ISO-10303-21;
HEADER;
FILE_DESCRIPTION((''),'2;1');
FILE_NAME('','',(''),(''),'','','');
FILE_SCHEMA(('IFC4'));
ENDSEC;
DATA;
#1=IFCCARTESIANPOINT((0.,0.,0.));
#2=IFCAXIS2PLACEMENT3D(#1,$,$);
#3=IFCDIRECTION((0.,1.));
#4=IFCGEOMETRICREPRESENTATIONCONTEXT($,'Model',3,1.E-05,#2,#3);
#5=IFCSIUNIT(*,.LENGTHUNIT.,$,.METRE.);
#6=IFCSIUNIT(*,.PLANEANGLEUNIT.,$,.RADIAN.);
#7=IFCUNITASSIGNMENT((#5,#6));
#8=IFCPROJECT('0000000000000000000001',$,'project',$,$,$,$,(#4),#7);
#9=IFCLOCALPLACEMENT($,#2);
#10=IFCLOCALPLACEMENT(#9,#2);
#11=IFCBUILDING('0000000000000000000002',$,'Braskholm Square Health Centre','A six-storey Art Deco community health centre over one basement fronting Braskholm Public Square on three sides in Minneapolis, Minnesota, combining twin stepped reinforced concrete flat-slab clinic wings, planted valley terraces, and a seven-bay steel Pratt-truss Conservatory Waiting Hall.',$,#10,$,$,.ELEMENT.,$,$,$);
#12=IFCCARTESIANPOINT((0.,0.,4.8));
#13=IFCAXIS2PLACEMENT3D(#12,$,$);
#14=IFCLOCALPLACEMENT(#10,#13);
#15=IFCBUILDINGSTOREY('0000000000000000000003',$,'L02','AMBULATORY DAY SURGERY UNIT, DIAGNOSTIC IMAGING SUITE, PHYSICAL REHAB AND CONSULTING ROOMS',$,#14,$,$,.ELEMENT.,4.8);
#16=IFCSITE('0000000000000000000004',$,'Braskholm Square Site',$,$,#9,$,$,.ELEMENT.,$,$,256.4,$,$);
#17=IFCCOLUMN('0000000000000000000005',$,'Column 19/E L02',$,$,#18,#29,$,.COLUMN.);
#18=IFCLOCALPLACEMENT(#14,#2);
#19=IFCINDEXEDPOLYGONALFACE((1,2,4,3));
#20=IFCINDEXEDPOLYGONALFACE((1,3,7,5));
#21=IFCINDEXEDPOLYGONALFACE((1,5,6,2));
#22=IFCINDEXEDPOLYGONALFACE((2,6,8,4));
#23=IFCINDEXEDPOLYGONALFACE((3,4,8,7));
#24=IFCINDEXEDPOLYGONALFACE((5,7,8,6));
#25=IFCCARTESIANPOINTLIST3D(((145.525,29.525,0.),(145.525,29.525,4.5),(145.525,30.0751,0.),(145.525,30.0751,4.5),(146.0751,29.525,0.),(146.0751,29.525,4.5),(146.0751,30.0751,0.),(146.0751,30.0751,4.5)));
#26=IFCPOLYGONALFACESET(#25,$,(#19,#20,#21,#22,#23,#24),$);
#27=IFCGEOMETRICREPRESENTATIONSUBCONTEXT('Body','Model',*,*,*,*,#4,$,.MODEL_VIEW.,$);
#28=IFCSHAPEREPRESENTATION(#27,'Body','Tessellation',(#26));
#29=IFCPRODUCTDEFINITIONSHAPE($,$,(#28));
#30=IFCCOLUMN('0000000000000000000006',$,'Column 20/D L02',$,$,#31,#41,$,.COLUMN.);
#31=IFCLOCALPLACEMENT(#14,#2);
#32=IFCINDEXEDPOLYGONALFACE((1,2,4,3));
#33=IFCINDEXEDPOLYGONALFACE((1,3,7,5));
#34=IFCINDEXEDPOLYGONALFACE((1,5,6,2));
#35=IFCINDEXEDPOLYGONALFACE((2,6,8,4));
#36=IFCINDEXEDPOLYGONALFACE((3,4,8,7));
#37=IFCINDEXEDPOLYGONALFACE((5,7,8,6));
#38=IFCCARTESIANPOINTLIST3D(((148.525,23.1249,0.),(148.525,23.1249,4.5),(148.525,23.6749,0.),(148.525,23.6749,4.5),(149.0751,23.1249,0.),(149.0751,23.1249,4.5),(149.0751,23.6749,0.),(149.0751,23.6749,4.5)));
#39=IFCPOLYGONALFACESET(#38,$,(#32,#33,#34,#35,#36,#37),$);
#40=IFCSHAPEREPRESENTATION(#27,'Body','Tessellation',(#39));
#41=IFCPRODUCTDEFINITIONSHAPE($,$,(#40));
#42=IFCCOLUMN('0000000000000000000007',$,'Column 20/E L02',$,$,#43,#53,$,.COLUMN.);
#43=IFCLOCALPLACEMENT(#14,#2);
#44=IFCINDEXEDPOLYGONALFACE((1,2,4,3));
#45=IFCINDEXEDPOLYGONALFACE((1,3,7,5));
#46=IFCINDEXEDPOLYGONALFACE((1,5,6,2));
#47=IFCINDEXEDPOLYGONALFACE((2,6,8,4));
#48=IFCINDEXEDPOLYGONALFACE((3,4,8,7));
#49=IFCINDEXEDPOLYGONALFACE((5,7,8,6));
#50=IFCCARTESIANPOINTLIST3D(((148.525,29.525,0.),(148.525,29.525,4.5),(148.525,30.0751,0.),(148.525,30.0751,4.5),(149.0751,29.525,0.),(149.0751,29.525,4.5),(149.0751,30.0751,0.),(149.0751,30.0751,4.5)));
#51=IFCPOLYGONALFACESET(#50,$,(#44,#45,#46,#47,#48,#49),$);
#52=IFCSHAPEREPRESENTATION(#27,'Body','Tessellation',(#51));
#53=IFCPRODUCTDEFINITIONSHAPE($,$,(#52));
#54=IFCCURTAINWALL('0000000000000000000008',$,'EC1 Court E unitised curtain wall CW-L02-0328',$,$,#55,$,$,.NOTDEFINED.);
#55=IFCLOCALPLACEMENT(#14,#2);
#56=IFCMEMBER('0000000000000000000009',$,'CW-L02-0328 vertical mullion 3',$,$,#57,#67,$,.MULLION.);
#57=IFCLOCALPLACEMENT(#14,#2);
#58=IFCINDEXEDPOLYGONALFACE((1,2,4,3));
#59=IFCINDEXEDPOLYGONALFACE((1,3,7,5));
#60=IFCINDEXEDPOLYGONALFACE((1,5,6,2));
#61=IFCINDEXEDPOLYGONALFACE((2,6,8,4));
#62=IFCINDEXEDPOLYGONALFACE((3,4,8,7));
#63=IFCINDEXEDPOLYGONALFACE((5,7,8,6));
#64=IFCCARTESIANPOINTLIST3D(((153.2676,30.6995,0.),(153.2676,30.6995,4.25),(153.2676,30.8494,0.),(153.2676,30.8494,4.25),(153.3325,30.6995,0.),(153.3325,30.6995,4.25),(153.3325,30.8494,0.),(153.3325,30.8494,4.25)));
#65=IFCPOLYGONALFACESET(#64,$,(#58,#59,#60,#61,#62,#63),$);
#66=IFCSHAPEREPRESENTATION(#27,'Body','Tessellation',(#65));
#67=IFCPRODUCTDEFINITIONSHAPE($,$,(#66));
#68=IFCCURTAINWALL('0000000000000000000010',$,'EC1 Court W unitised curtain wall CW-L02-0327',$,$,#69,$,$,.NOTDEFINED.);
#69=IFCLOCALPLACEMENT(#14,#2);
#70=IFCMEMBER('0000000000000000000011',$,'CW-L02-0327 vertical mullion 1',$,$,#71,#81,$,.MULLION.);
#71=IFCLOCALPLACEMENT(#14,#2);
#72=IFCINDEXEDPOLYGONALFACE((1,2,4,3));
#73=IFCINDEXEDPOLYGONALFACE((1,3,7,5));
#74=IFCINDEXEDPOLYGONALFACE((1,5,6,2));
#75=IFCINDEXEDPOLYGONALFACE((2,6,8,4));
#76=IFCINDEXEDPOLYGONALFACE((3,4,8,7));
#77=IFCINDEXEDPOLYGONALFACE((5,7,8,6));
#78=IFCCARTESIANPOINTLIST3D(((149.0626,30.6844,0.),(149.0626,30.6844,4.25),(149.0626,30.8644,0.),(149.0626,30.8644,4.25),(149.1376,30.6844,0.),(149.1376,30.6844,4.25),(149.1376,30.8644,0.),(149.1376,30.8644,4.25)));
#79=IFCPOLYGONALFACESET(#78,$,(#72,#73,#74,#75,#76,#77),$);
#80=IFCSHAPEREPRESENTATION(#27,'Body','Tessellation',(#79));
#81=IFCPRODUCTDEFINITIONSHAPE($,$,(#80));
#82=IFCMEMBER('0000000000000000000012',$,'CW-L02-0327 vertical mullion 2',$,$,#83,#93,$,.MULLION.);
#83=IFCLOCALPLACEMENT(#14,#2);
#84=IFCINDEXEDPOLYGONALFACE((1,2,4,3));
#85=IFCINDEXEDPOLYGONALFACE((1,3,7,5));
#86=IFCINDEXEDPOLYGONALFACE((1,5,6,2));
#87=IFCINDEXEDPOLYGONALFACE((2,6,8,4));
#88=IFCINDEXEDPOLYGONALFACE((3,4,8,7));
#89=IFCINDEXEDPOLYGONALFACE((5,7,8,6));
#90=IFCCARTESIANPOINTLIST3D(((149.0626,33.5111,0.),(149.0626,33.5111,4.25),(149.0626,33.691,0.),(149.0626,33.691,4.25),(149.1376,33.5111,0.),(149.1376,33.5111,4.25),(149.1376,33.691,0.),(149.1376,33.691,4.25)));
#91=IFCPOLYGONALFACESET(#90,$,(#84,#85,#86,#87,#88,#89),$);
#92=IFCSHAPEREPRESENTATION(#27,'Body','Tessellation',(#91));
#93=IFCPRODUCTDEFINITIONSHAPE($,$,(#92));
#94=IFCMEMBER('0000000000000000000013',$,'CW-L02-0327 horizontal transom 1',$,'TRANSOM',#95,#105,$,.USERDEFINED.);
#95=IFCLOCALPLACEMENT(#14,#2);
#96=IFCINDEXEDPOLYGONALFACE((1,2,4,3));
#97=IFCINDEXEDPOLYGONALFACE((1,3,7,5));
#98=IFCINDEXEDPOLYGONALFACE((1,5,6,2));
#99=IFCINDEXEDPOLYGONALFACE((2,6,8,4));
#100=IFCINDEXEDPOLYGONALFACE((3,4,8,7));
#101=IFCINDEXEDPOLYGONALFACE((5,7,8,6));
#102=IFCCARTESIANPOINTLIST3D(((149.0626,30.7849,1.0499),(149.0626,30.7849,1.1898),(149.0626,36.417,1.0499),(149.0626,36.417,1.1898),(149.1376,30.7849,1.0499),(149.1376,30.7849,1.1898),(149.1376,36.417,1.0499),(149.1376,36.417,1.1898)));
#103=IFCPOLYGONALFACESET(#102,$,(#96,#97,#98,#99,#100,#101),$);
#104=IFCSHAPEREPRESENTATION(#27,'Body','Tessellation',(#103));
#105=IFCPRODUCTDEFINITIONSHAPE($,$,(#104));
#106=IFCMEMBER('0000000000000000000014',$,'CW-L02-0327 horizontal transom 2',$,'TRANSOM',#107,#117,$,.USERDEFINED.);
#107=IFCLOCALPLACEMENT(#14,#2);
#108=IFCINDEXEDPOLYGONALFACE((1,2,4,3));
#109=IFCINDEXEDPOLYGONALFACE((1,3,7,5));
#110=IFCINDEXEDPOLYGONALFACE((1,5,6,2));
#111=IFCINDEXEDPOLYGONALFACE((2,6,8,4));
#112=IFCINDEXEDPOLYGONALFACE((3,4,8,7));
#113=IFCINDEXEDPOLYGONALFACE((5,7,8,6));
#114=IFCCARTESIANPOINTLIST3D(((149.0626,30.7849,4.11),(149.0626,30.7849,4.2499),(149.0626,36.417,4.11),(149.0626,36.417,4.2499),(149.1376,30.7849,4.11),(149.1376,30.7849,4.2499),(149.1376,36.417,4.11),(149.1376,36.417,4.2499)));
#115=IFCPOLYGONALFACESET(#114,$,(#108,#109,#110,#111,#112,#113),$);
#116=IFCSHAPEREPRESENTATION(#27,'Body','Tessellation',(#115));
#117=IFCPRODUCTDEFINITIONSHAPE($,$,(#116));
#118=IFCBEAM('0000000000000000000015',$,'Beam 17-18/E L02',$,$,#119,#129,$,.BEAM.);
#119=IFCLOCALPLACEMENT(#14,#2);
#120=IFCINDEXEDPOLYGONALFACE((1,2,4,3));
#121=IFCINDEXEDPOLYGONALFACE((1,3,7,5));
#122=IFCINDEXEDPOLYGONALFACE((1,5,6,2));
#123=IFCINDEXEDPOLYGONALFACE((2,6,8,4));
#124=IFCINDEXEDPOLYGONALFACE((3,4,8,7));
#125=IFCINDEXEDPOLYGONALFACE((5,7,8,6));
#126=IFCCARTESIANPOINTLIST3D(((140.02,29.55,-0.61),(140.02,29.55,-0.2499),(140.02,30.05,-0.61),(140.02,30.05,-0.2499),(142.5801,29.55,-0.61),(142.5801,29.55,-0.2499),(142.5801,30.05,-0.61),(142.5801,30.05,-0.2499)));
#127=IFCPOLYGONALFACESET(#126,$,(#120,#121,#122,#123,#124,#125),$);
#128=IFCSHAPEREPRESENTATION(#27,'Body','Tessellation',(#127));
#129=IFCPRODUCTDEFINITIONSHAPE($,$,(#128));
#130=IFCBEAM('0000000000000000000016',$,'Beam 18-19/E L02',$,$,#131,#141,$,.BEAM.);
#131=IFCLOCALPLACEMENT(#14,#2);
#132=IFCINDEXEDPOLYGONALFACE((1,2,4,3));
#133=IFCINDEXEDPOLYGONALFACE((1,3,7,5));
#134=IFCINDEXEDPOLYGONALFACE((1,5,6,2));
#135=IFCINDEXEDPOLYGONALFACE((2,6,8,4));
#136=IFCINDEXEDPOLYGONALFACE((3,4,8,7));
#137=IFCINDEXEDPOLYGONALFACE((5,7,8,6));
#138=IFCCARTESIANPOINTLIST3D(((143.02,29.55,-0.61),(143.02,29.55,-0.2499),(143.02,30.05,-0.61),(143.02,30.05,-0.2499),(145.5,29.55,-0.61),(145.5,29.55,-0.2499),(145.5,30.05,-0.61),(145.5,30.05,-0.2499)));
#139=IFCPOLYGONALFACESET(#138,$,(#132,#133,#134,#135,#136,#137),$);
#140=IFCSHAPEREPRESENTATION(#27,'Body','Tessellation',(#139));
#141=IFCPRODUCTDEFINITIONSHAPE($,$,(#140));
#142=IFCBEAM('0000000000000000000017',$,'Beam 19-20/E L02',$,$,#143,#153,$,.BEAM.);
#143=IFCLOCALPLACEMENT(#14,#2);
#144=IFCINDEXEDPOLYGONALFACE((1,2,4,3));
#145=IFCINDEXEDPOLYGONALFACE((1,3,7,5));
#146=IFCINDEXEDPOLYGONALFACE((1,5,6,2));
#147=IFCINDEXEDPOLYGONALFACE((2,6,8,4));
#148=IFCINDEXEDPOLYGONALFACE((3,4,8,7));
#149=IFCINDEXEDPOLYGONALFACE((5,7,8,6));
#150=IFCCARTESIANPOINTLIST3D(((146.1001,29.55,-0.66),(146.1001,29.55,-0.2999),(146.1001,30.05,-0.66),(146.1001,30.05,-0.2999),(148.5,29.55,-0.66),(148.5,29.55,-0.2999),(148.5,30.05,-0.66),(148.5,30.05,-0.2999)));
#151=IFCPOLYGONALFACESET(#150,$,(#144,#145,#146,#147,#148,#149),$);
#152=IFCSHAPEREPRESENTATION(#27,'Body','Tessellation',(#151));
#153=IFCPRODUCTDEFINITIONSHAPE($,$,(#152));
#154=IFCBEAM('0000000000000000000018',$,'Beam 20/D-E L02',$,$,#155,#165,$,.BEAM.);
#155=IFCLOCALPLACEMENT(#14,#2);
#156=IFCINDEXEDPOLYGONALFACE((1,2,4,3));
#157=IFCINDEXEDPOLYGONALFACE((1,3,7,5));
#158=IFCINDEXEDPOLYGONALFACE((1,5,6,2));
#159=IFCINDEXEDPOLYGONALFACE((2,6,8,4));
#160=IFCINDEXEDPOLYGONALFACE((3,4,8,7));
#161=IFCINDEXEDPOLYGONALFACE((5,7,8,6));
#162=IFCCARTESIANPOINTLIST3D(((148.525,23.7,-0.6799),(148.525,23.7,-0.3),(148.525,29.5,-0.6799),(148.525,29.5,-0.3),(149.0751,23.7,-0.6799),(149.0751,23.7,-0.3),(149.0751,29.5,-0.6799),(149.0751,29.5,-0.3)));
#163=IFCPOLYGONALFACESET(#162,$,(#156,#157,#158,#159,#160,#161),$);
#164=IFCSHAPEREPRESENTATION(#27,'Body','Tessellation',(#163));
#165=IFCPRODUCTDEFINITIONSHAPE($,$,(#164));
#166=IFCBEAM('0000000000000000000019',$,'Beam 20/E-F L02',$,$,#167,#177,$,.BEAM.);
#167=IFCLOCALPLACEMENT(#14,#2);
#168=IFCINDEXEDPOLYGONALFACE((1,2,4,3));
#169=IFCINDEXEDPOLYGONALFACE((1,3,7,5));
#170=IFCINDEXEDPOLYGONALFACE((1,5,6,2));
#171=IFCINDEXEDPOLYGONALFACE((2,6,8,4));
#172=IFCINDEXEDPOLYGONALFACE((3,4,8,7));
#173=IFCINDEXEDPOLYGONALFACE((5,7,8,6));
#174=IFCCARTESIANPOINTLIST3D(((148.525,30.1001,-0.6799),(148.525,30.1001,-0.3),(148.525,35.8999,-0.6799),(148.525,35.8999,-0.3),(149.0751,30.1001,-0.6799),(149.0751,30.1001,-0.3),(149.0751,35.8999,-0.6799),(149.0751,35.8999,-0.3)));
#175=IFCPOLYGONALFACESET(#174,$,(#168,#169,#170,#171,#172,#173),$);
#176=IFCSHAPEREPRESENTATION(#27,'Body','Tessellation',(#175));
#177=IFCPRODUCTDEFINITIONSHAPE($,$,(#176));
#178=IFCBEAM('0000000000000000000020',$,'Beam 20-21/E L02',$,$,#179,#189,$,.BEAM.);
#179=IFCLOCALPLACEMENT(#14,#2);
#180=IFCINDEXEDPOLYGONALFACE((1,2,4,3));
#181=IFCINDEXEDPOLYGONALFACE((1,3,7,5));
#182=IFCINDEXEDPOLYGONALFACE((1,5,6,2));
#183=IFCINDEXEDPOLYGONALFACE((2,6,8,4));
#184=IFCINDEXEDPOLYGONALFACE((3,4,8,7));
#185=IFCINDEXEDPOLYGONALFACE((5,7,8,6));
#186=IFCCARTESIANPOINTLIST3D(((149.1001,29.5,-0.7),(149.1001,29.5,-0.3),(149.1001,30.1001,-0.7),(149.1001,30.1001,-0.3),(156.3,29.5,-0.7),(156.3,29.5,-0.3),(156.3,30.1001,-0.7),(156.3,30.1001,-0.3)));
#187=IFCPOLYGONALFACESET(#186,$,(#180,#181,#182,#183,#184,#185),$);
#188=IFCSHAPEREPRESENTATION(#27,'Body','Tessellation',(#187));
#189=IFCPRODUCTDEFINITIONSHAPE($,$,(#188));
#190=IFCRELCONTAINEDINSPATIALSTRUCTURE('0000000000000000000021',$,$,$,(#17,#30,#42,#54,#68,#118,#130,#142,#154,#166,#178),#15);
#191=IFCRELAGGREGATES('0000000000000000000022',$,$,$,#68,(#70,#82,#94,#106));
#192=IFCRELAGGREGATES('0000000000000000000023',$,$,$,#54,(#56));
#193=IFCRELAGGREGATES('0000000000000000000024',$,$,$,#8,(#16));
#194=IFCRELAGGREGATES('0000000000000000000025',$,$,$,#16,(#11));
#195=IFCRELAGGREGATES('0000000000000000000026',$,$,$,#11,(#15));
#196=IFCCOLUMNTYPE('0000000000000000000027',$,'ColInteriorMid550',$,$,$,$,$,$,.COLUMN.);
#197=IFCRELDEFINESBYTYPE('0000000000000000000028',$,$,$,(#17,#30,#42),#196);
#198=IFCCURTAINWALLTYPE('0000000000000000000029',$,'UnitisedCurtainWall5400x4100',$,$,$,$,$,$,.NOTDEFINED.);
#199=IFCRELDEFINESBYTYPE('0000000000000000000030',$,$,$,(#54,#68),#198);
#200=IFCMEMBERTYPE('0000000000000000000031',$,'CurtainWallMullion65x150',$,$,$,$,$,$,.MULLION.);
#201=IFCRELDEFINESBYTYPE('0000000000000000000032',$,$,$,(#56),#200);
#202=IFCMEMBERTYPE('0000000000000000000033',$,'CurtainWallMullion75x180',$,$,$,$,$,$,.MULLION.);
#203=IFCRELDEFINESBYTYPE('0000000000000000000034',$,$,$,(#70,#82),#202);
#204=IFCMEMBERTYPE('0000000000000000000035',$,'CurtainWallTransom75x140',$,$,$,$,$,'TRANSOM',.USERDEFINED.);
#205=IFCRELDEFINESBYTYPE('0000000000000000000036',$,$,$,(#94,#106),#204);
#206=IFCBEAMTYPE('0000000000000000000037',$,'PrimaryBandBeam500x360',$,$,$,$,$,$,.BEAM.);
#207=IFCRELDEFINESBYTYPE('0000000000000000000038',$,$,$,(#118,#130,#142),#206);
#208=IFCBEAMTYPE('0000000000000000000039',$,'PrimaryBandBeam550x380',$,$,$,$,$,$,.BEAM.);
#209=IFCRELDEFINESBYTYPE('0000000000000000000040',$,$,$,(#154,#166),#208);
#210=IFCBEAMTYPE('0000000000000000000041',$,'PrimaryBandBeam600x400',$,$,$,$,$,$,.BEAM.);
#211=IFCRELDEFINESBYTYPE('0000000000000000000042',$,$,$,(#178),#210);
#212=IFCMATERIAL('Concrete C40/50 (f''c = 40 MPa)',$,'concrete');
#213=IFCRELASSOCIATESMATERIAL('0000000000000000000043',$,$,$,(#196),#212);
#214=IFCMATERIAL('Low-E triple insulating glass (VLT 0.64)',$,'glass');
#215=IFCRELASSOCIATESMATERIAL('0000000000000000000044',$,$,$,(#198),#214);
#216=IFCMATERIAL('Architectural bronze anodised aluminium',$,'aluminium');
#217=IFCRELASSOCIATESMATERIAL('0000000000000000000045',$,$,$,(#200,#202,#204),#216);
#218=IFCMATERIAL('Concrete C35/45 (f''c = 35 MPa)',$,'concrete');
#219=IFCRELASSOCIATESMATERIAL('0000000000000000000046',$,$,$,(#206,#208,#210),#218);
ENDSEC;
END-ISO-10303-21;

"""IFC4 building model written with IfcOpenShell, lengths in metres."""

from ifc_helpers import new_model, si_unit, direction, frame, origin, origin_2d, place, context, subcontext, project, spatial, rectangle, extrude, material, material_profile, profile_set, type_object, element, aggregate, save


model = new_model("IFC4")

# Units and contexts
model_context = context("Model", 3, precision=1e-05, world=origin(), true_north=direction((0.0, 1.0)))
body_context = subcontext(model_context, "Body", "Model", "MODEL_VIEW")
ifc_project = project(units=[si_unit("LENGTHUNIT", "METRE"), si_unit("PLANEANGLEUNIT", "RADIAN")], contexts=[model_context])

# Site, building, storey
site_placement = place(None, origin())
site = spatial("IfcSite", under=ifc_project, at=site_placement, Name="Braskholm Square Site", CompositionType="ELEMENT", RefElevation=256.4)
building_placement = place(site_placement, origin())
building = spatial("IfcBuilding", under=site, at=building_placement, Name="Braskholm Square Health Centre", Description="A six-storey Art Deco community health centre over one basement fronting Braskholm Public Square on three sides in Minneapolis, Minnesota, combining twin stepped reinforced concrete flat-slab clinic wings, planted valley terraces, and a seven-bay steel Pratt-truss Conservatory Waiting Hall.", CompositionType="ELEMENT")
storey_placement = place(building_placement, frame((0.0, 0.0, 4.8)))
storey = spatial("IfcBuildingStorey", under=building, at=storey_placement, Name="L02", Description="AMBULATORY DAY SURGERY UNIT, DIAGNOSTIC IMAGING SUITE, PHYSICAL REHAB AND CONSULTING ROOMS", CompositionType="ELEMENT", Elevation=4.8)

# Columns
ifc_material_1 = material(Name="Concrete C40/50 (f'c = 40 MPa)", Category="concrete")
ifc_material_profile_1 = material_profile(ifc_material_1, rectangle(XDim=0.55, YDim=0.55, at=origin_2d()), Name="RC-550X550")
ifc_profile_set_1 = profile_set([ifc_material_profile_1], Name="Concrete C40/50 (f'c = 40 MPa)")
column_type = type_object("IfcColumnType", Name="ColInteriorMid550", PredefinedType="COLUMN", material=ifc_profile_set_1)
for number, where, z_axis, x_axis, name in (
    (1, (145.8, 29.8, 0.0), (0.0, 0.0, 1.0), (1.0, 0.0, 0.0), "Column 19/E L02"),
    (2, (148.8, 23.3999, 0.0), (0.0, 0.0, 1.0), (1.0, 0.0, 0.0), "Column 20/D L02"),
    (3, (148.8, 29.8, 0.0), (0.0, 0.0, 1.0), (1.0, 0.0, 0.0), "Column 20/E L02"),
):
    element("IfcColumn", number, at=place(storey_placement, frame(where, z_axis=z_axis, x_axis=x_axis)), inside=storey, type_object=column_type, Name=name, PredefinedType="COLUMN", context=body_context, shape_type="SweptSolid", body=[
        extrude(rectangle(XDim=0.55, YDim=0.55, at=origin_2d()), origin(), (0.0, 0.0, 1.0), 4.5),
    ])

# Curtain wall, member
ifc_material_2 = material(Name="Low-E triple insulating glass (VLT 0.64)", Category="glass")
curtain_wall_type = type_object("IfcCurtainWallType", Name="UnitisedCurtainWall5400x4100", PredefinedType="NOTDEFINED", material=ifc_material_2)
curtain_wall_1_placement = place(storey_placement, origin())
curtain_wall_1 = element("IfcCurtainWall", 4, at=curtain_wall_1_placement, inside=storey, type_object=curtain_wall_type, Name="EC1 Court E unitised curtain wall CW-L02-0328", PredefinedType="NOTDEFINED")
ifc_material_3 = material(Name="Architectural bronze anodised aluminium", Category="aluminium")
ifc_material_profile_2 = material_profile(ifc_material_3, rectangle(XDim=0.0649, YDim=0.1499, at=origin_2d()), Name="ALU-65X150")
ifc_profile_set_2 = profile_set([ifc_material_profile_2], Name="Architectural bronze anodised aluminium")
member_type_1 = type_object("IfcMemberType", Name="CurtainWallMullion65x150", PredefinedType="MULLION", material=ifc_profile_set_2)
member_1_placement = place(storey_placement, frame((153.3, 30.7744, 0.0), z_axis=(0.0, 0.0, 1.0), x_axis=(1.0, 0.0, 0.0)))
member_1 = element("IfcMember", 5, at=member_1_placement, type_object=member_type_1, Name="CW-L02-0328 vertical mullion 3", PredefinedType="MULLION", context=body_context, shape_type="SweptSolid", body=[
    extrude(rectangle(XDim=0.0649, YDim=0.1499, at=origin_2d()), origin(), (0.0, 0.0, 1.0), 4.25),
])

# Curtain wall, members
curtain_wall_2_placement = place(storey_placement, origin())
curtain_wall_2 = element("IfcCurtainWall", 6, at=curtain_wall_2_placement, inside=storey, type_object=curtain_wall_type, Name="EC1 Court W unitised curtain wall CW-L02-0327", PredefinedType="NOTDEFINED")
ifc_material_profile_3 = material_profile(ifc_material_3, rectangle(XDim=0.075, YDim=0.1799, at=origin_2d()), Name="ALU-75X180")
ifc_profile_set_3 = profile_set([ifc_material_profile_3], Name="Architectural bronze anodised aluminium")
member_type_2 = type_object("IfcMemberType", Name="CurtainWallMullion75x180", PredefinedType="MULLION", material=ifc_profile_set_3)
member_2_placement = place(storey_placement, frame((149.1001, 30.7744, 0.0), z_axis=(0.0, 0.0, 1.0), x_axis=(1.0, 0.0, 0.0)))
member_2 = element("IfcMember", 7, at=member_2_placement, type_object=member_type_2, Name="CW-L02-0327 vertical mullion 1", PredefinedType="MULLION", context=body_context, shape_type="SweptSolid", body=[
    extrude(rectangle(XDim=0.075, YDim=0.1799, at=origin_2d()), origin(), (0.0, 0.0, 1.0), 4.25),
])
member_3_placement = place(storey_placement, frame((149.1001, 33.6011, 0.0), z_axis=(0.0, 0.0, 1.0), x_axis=(1.0, 0.0, 0.0)))
member_3 = element("IfcMember", 8, at=member_3_placement, type_object=member_type_2, Name="CW-L02-0327 vertical mullion 2", PredefinedType="MULLION", context=body_context, shape_type="SweptSolid", body=[
    extrude(rectangle(XDim=0.075, YDim=0.1799, at=origin_2d()), origin(), (0.0, 0.0, 1.0), 4.25),
])
ifc_material_profile_4 = material_profile(ifc_material_3, rectangle(XDim=0.075, YDim=0.1399, at=origin_2d()), Name="ALU-75X140")
ifc_profile_set_4 = profile_set([ifc_material_profile_4], Name="Architectural bronze anodised aluminium")
member_type_3 = type_object("IfcMemberType", Name="CurtainWallTransom75x140", ElementType="TRANSOM", PredefinedType="USERDEFINED", material=ifc_profile_set_4)
member_4_placement = place(storey_placement, frame((149.1001, 30.7849, 1.1199), z_axis=(0.0, 1.0, 0.0), x_axis=(-1.0, 0.0, 0.0)))
member_4 = element("IfcMember", 9, at=member_4_placement, type_object=member_type_3, Name="CW-L02-0327 horizontal transom 1", ObjectType="TRANSOM", PredefinedType="USERDEFINED", context=body_context, shape_type="SweptSolid", body=[
    extrude(rectangle(XDim=0.075, YDim=0.1399, at=origin_2d()), origin(), (0.0, 0.0, 1.0), 5.6321),
])
member_5_placement = place(storey_placement, frame((149.1001, 30.7849, 4.1799), z_axis=(0.0, 1.0, 0.0), x_axis=(-1.0, 0.0, 0.0)))
member_5 = element("IfcMember", 10, at=member_5_placement, type_object=member_type_3, Name="CW-L02-0327 horizontal transom 2", ObjectType="TRANSOM", PredefinedType="USERDEFINED", context=body_context, shape_type="SweptSolid", body=[
    extrude(rectangle(XDim=0.075, YDim=0.1399, at=origin_2d()), origin(), (0.0, 0.0, 1.0), 5.6321),
])

# Beams
ifc_material_4 = material(Name="Concrete C35/45 (f'c = 35 MPa)", Category="concrete")
ifc_material_profile_5 = material_profile(ifc_material_4, rectangle(XDim=0.5, YDim=0.3601, at=origin_2d()), Name="RCB-500X360")
ifc_profile_set_5 = profile_set([ifc_material_profile_5], Name="Concrete C35/45 (f'c = 35 MPa)")
beam_type_1 = type_object("IfcBeamType", Name="PrimaryBandBeam500x360", PredefinedType="BEAM", material=ifc_profile_set_5)
beam_1_placement = place(storey_placement, frame((140.02, 29.8, -0.4299), z_axis=(1.0, 0.0, 0.0), x_axis=(0.0, 1.0, 0.0)))
element("IfcBeam", 11, at=beam_1_placement, inside=storey, type_object=beam_type_1, Name="Beam 17-18/E L02", PredefinedType="BEAM", context=body_context, shape_type="SweptSolid", body=[
    extrude(rectangle(XDim=0.5, YDim=0.3601, at=origin_2d()), origin(), (0.0, 0.0, 1.0), 2.5601),
])
beam_2_placement = place(storey_placement, frame((143.02, 29.8, -0.4299), z_axis=(1.0, 0.0, 0.0), x_axis=(0.0, 1.0, 0.0)))
element("IfcBeam", 12, at=beam_2_placement, inside=storey, type_object=beam_type_1, Name="Beam 18-19/E L02", PredefinedType="BEAM", context=body_context, shape_type="SweptSolid", body=[
    extrude(rectangle(XDim=0.5, YDim=0.3601, at=origin_2d()), origin(), (0.0, 0.0, 1.0), 2.48),
])
beam_3_placement = place(storey_placement, frame((146.1001, 29.8, -0.48), z_axis=(1.0, 0.0, 0.0), x_axis=(0.0, 1.0, 0.0)))
element("IfcBeam", 13, at=beam_3_placement, inside=storey, type_object=beam_type_1, Name="Beam 19-20/E L02", PredefinedType="BEAM", context=body_context, shape_type="SweptSolid", body=[
    extrude(rectangle(XDim=0.5, YDim=0.3601, at=origin_2d()), origin(), (0.0, 0.0, 1.0), 2.3999),
])
ifc_material_profile_6 = material_profile(ifc_material_4, rectangle(XDim=0.55, YDim=0.3799, at=origin_2d()), Name="RCB-550X380")
ifc_profile_set_6 = profile_set([ifc_material_profile_6], Name="Concrete C35/45 (f'c = 35 MPa)")
beam_type_2 = type_object("IfcBeamType", Name="PrimaryBandBeam550x380", PredefinedType="BEAM", material=ifc_profile_set_6)
beam_4_placement = place(storey_placement, frame((148.8, 23.7, -0.49), z_axis=(0.0, 1.0, 0.0), x_axis=(-1.0, 0.0, 0.0)))
element("IfcBeam", 14, at=beam_4_placement, inside=storey, type_object=beam_type_2, Name="Beam 20/D-E L02", PredefinedType="BEAM", context=body_context, shape_type="SweptSolid", body=[
    extrude(rectangle(XDim=0.55, YDim=0.3799, at=origin_2d()), origin(), (0.0, 0.0, 1.0), 5.8),
])
beam_5_placement = place(storey_placement, frame((148.8, 30.1001, -0.49), z_axis=(0.0, 1.0, 0.0), x_axis=(-1.0, 0.0, 0.0)))
element("IfcBeam", 15, at=beam_5_placement, inside=storey, type_object=beam_type_2, Name="Beam 20/E-F L02", PredefinedType="BEAM", context=body_context, shape_type="SweptSolid", body=[
    extrude(rectangle(XDim=0.55, YDim=0.3799, at=origin_2d()), origin(), (0.0, 0.0, 1.0), 5.7998),
])
ifc_material_profile_7 = material_profile(ifc_material_4, rectangle(XDim=0.6001, YDim=0.3999, at=origin_2d()), Name="RCB-600X400")
ifc_profile_set_7 = profile_set([ifc_material_profile_7], Name="Concrete C35/45 (f'c = 35 MPa)")
beam_type_3 = type_object("IfcBeamType", Name="PrimaryBandBeam600x400", PredefinedType="BEAM", material=ifc_profile_set_7)
beam_6_placement = place(storey_placement, frame((149.1001, 29.8, -0.5), z_axis=(1.0, 0.0, 0.0), x_axis=(0.0, 1.0, 0.0)))
element("IfcBeam", 16, at=beam_6_placement, inside=storey, type_object=beam_type_3, Name="Beam 20-21/E L02", PredefinedType="BEAM", context=body_context, shape_type="SweptSolid", body=[
    extrude(rectangle(XDim=0.6001, YDim=0.3999, at=origin_2d()), origin(), (0.0, 0.0, 1.0), 7.2),
])

aggregate(curtain_wall_2, [member_2, member_3, member_4, member_5])
aggregate(curtain_wall_1, [member_1])

save(model, "model.ifc")
